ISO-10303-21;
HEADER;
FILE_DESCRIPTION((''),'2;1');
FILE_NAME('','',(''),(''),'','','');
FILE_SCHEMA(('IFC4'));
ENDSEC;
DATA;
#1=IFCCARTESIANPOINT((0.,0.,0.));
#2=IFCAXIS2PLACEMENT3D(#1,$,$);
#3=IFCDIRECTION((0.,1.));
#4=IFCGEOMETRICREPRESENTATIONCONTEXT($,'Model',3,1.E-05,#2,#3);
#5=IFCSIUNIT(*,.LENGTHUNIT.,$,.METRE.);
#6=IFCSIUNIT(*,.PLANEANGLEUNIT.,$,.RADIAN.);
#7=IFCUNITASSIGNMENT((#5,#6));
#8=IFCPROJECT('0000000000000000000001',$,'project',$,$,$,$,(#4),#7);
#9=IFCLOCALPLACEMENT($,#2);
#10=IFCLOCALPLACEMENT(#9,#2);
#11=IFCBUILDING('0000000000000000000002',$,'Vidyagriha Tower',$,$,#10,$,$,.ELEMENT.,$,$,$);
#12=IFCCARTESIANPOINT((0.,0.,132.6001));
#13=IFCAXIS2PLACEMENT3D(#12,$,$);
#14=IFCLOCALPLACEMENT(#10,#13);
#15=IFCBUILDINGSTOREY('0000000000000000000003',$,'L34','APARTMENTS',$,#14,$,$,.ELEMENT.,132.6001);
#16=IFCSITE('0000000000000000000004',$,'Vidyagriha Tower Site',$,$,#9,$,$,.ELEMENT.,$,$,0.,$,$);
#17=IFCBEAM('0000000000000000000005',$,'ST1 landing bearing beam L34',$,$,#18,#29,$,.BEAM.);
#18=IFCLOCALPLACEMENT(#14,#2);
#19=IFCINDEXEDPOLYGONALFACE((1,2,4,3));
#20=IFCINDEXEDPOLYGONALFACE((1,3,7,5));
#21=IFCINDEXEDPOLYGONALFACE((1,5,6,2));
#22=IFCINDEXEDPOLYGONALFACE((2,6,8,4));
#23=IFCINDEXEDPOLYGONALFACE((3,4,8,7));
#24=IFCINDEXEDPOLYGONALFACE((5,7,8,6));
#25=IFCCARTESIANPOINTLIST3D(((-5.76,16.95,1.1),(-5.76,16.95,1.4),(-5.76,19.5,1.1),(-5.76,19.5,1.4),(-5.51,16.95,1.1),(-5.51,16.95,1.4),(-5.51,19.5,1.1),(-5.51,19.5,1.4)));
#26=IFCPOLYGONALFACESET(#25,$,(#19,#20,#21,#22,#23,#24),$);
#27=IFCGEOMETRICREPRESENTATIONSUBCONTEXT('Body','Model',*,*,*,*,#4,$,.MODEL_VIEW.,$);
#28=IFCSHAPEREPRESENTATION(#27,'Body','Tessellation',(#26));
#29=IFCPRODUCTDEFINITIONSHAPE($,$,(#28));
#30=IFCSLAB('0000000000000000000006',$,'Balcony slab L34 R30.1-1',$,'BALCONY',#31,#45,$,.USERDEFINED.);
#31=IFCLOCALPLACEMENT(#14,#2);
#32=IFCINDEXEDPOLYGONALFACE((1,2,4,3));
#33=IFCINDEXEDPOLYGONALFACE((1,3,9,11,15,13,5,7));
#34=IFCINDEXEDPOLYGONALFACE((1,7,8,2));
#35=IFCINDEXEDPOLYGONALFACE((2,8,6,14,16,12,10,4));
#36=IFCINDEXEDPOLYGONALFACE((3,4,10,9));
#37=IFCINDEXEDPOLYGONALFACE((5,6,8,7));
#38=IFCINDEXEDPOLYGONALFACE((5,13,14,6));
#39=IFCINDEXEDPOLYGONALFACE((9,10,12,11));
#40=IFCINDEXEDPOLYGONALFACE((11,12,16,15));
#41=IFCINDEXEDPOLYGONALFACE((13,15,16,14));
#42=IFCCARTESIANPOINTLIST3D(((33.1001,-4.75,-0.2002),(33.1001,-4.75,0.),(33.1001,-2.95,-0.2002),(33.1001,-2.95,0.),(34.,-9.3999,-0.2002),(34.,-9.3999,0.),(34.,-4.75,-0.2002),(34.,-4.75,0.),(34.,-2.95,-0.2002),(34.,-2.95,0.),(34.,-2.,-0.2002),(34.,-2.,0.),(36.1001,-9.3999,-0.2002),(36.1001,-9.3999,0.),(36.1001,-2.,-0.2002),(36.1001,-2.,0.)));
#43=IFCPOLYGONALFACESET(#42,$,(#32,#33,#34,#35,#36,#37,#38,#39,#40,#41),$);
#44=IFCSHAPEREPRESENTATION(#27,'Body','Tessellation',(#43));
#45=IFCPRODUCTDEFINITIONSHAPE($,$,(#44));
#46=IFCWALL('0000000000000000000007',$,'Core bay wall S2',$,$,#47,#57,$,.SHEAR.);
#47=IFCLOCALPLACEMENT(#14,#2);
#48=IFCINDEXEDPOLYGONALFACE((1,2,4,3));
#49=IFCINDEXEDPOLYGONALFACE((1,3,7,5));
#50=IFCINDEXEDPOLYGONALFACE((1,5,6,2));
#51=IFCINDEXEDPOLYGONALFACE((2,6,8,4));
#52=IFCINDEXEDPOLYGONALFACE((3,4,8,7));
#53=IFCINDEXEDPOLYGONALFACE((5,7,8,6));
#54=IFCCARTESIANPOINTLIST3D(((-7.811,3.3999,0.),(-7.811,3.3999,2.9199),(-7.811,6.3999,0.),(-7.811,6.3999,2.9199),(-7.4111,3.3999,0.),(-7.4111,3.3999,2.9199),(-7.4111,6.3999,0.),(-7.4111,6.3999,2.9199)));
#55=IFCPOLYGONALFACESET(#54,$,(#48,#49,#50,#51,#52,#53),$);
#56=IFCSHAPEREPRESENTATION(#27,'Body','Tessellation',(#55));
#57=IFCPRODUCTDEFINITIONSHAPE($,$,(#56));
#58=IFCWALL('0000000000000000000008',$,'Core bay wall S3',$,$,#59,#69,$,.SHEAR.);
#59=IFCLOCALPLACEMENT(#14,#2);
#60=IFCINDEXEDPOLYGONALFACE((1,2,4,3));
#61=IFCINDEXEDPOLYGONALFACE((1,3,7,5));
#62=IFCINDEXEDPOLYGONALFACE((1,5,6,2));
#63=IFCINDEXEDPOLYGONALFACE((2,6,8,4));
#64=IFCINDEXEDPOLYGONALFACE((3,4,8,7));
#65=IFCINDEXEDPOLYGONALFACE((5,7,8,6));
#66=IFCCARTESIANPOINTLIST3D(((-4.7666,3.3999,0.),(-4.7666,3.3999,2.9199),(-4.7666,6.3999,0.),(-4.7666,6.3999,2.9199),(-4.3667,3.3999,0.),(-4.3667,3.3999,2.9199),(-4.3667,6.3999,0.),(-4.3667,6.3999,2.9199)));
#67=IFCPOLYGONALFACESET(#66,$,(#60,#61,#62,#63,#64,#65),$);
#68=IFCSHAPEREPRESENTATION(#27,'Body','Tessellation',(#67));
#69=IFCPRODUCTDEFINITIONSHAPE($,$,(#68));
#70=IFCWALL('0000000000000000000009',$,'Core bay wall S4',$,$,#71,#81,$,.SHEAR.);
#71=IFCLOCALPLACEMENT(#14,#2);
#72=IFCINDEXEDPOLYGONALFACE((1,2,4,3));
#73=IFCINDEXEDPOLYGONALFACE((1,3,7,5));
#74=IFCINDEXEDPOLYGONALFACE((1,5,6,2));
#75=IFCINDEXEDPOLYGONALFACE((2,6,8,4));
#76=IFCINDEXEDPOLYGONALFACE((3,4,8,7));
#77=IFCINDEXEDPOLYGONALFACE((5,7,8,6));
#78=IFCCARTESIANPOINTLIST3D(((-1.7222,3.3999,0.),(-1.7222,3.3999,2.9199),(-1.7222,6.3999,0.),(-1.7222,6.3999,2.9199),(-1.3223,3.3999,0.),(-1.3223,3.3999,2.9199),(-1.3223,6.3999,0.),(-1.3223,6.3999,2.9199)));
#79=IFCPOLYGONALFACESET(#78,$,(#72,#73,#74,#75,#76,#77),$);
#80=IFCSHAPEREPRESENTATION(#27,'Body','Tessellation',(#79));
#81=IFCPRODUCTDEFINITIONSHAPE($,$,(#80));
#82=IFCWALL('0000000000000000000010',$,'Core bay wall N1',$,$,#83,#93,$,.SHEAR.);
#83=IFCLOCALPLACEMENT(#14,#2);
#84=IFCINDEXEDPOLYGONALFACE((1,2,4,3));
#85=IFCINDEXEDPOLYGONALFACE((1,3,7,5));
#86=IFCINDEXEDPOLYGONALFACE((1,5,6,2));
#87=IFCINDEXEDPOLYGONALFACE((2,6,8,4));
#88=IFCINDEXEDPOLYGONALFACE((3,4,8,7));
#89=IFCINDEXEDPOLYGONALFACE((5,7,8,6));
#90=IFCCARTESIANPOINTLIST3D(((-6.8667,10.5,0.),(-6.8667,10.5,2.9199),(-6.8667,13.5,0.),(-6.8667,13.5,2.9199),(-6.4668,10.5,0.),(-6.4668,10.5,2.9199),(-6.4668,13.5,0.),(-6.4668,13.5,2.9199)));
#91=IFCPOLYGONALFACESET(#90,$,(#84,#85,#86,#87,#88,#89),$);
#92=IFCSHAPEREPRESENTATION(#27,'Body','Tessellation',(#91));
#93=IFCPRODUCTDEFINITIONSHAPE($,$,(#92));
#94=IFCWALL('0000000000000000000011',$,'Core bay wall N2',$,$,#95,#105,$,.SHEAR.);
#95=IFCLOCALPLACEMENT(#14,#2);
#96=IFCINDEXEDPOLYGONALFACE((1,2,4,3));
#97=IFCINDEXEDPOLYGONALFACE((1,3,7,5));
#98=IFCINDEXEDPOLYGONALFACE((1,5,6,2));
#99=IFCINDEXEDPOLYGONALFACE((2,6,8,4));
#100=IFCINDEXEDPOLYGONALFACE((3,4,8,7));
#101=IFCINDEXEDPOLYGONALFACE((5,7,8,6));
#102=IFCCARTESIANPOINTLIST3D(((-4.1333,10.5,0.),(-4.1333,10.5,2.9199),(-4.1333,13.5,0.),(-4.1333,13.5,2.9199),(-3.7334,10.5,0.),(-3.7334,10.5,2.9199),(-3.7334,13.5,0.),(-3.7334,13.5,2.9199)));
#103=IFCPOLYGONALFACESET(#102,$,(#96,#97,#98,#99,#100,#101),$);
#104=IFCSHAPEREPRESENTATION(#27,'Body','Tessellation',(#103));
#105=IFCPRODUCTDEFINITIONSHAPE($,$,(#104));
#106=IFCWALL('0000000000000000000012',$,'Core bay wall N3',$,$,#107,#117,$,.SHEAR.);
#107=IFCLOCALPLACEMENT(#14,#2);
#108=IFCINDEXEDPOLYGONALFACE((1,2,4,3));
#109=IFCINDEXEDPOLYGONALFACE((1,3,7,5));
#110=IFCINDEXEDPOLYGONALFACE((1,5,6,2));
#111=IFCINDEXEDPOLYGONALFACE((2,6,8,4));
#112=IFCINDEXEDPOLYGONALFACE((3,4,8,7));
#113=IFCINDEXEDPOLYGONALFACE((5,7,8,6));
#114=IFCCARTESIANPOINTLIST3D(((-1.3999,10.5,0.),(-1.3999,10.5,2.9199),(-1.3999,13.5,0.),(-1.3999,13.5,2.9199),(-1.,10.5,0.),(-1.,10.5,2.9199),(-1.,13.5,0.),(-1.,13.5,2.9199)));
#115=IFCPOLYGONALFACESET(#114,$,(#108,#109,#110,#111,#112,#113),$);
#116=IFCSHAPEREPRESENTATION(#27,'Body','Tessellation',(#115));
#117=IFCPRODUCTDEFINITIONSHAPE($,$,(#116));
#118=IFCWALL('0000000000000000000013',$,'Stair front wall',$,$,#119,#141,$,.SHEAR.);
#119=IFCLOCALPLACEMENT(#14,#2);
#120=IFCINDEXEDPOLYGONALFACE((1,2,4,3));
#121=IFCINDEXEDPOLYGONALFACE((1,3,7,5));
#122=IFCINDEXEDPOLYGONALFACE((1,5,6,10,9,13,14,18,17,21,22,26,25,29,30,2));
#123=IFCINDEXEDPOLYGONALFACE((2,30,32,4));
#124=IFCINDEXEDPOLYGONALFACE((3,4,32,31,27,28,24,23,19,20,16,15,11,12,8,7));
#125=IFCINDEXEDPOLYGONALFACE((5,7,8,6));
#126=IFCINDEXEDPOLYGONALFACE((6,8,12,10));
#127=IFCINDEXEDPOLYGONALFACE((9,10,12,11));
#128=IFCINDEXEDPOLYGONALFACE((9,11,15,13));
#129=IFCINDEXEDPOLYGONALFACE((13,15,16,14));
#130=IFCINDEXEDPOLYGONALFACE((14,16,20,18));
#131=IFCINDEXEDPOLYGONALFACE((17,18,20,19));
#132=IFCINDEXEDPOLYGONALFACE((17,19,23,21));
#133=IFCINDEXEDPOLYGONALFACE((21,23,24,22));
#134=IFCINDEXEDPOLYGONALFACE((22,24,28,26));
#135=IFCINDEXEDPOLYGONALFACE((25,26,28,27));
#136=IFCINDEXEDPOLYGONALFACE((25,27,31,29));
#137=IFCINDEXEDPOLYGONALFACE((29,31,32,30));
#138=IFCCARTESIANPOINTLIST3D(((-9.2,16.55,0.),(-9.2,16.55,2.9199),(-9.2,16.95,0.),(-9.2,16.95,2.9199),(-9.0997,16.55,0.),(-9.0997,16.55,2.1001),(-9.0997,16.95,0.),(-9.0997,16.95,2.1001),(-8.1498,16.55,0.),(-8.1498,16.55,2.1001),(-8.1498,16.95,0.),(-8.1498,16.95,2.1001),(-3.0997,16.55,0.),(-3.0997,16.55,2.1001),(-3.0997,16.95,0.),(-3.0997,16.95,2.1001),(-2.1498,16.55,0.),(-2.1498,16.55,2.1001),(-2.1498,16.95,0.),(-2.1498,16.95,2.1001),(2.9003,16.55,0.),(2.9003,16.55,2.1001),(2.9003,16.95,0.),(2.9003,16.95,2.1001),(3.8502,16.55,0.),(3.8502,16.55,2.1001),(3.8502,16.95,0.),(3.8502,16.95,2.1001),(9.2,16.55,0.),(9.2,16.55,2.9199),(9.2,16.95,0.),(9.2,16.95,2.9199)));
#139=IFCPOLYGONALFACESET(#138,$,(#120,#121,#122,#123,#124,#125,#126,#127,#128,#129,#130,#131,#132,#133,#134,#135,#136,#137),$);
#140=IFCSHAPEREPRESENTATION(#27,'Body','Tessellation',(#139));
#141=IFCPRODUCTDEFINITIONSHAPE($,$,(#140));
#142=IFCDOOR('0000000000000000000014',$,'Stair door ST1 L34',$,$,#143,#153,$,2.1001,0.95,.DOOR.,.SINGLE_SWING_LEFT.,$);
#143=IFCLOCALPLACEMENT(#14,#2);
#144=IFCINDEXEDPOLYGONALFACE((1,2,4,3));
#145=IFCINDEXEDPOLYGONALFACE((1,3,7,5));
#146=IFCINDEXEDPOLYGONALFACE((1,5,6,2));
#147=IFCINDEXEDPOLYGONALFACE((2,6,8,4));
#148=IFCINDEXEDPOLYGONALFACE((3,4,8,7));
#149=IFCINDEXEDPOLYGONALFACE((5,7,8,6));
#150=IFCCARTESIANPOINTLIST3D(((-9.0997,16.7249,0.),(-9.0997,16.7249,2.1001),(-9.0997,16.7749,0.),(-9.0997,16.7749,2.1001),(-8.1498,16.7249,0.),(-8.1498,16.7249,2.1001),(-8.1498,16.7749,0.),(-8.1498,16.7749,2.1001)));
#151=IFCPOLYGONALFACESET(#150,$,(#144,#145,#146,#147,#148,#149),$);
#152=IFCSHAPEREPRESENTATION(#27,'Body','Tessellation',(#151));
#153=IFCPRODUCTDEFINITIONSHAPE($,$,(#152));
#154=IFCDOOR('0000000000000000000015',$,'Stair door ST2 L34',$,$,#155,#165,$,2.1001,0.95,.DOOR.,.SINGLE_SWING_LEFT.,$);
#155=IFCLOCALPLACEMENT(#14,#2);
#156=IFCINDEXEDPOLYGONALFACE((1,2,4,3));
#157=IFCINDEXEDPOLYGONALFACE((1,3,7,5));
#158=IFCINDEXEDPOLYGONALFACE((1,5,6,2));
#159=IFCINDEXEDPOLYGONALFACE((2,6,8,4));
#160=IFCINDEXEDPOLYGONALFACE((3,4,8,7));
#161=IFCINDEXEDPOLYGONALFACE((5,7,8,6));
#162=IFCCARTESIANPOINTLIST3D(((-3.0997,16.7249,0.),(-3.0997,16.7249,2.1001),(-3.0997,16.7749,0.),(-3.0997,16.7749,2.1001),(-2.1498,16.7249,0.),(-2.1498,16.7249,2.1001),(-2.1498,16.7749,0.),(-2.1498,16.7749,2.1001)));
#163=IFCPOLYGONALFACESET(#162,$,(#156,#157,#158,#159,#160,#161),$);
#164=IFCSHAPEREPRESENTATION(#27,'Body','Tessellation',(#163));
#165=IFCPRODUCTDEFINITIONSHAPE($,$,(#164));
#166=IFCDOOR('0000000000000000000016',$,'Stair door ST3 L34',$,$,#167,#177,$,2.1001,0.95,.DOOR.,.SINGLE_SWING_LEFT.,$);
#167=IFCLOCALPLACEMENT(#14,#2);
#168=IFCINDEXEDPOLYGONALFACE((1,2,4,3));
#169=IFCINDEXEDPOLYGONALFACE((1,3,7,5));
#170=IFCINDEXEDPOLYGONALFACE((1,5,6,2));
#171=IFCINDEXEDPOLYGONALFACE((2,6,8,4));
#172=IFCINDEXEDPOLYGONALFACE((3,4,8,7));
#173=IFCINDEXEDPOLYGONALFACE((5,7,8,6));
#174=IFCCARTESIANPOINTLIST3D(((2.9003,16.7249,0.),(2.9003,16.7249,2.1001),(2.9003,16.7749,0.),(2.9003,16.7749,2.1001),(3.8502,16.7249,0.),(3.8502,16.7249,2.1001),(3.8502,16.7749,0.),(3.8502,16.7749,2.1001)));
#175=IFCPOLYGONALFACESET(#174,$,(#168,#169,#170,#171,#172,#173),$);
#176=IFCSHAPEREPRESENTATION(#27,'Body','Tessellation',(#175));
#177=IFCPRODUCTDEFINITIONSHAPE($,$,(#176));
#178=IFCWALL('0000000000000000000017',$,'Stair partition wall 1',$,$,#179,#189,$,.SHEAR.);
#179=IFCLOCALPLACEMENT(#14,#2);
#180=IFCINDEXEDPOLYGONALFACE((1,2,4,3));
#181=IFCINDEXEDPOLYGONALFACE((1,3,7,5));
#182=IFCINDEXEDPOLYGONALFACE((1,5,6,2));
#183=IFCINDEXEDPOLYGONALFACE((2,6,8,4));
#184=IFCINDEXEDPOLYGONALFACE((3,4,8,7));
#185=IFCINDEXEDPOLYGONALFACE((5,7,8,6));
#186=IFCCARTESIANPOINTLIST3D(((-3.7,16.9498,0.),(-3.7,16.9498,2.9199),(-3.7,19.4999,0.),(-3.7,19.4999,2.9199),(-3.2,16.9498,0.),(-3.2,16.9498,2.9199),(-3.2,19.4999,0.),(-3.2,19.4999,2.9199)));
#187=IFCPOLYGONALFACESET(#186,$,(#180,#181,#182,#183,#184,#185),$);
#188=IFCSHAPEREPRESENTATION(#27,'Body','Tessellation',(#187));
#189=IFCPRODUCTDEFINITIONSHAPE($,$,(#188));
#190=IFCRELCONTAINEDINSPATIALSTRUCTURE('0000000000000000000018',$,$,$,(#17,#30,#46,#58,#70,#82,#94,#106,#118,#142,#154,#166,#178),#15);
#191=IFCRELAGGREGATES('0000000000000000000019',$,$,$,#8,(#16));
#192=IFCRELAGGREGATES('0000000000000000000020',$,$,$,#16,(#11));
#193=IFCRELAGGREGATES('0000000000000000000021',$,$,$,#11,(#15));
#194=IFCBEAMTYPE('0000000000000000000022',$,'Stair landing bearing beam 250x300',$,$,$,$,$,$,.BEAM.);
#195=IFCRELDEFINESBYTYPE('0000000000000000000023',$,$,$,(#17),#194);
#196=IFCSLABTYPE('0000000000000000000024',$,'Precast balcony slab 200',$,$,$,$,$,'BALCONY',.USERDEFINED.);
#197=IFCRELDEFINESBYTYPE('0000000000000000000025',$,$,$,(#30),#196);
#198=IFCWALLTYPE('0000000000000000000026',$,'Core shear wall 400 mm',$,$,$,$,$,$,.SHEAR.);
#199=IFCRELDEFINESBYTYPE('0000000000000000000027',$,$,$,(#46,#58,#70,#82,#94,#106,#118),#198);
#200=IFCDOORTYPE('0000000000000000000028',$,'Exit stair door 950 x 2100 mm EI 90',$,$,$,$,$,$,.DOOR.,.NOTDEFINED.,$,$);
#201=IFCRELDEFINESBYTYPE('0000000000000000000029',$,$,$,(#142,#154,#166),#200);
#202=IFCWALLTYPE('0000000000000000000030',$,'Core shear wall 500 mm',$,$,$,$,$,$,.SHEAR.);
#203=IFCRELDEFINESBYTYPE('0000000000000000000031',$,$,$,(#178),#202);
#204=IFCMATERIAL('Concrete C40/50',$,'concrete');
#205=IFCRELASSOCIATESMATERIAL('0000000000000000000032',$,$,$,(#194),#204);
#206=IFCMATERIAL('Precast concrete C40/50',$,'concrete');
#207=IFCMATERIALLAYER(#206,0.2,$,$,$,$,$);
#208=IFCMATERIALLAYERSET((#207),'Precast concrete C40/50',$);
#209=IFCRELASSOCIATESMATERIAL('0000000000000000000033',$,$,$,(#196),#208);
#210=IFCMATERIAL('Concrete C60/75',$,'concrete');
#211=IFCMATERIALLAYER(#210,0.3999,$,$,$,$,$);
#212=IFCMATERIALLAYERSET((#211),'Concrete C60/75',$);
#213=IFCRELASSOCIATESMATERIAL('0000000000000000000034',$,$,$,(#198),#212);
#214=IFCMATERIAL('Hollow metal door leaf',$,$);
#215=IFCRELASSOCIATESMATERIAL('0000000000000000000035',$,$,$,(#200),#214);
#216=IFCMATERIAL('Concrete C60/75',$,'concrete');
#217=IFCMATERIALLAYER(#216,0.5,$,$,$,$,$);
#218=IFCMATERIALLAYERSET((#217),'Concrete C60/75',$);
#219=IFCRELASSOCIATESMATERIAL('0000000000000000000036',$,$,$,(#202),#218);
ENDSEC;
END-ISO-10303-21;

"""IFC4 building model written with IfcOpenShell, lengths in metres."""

from ifc_helpers import new_model, si_unit, direction, frame, frame_2d, origin, origin_2d, place, context, subcontext, project, spatial, polyline, rectangle, outline, extrude, material, layer, layer_set, material_profile, profile_set, type_object, element, fill, save


model = new_model("IFC4")

# Units and contexts
model_context = context("Model", 3, precision=1e-05, world=origin(), true_north=direction((0.0, 1.0)))
body_context = subcontext(model_context, "Body", "Model", "MODEL_VIEW")
ifc_project = project(units=[si_unit("LENGTHUNIT", "METRE"), si_unit("PLANEANGLEUNIT", "RADIAN")], contexts=[model_context])

# Site, building, storey
site_placement = place(None, origin())
site = spatial("IfcSite", under=ifc_project, at=site_placement, Name="Vidyagriha Tower Site", CompositionType="ELEMENT", RefElevation=0.0)
building_placement = place(site_placement, origin())
building = spatial("IfcBuilding", under=site, at=building_placement, Name="Vidyagriha Tower", CompositionType="ELEMENT")
storey_placement = place(building_placement, frame((0.0, 0.0, 132.6001)))
storey = spatial("IfcBuildingStorey", under=building, at=storey_placement, Name="L34", Description="APARTMENTS", CompositionType="ELEMENT", Elevation=132.6001)

# Beam
ifc_material_1 = material(Name="Concrete C40/50", Category="concrete")
ifc_material_profile = material_profile(ifc_material_1, rectangle(XDim=0.25, YDim=0.3, at=origin_2d()), Name="Stair landing bearing beam 250x300")
ifc_profile_set = profile_set([ifc_material_profile], Name="Concrete C40/50")
beam_type = type_object("IfcBeamType", Name="Stair landing bearing beam 250x300", PredefinedType="BEAM", material=ifc_profile_set)
beam_placement = place(storey_placement, frame((-5.635, 16.95, 1.25), z_axis=(0.0, 1.0, 0.0), x_axis=(-1.0, 0.0, 0.0)))
element("IfcBeam", 1, at=beam_placement, inside=storey, type_object=beam_type, Name="ST1 landing bearing beam L34", PredefinedType="BEAM", context=body_context, shape_type="SweptSolid", body=[
    extrude(rectangle(XDim=0.25, YDim=0.3, at=origin_2d()), origin(), (0.0, 0.0, 1.0), 2.55),
])

# Slab
ifc_material_2 = material(Name="Precast concrete C40/50", Category="concrete")
ifc_layer_1 = layer(ifc_material_2, 0.2)
ifc_layer_set_1 = layer_set([ifc_layer_1], Name="Precast concrete C40/50")
slab_type = type_object("IfcSlabType", Name="Precast balcony slab 200", ElementType="BALCONY", PredefinedType="USERDEFINED", material=ifc_layer_set_1)
slab_placement = place(storey_placement, frame((0.0, 0.0, -0.2002)))
element("IfcSlab", 2, at=slab_placement, inside=storey, type_object=slab_type, Name="Balcony slab L34 R30.1-1", ObjectType="BALCONY", PredefinedType="USERDEFINED", context=body_context, shape_type="SweptSolid", body=[
    extrude(outline(polyline([(34.0, -4.75), (34.0, -9.3999), (36.1001, -9.3999), (36.1001, -2.0), (34.0, -2.0), (34.0, -2.95), (33.1001, -2.95), (33.1001, -4.75), (34.0, -4.75)])), origin(), (0.0, 0.0, 1.0), 0.2002),
])

# Walls
ifc_material_3 = material(Name="Concrete C60/75", Category="concrete")
ifc_layer_2 = layer(ifc_material_3, 0.3999)
ifc_layer_set_2 = layer_set([ifc_layer_2], Name="Concrete C60/75")
wall_type_1 = type_object("IfcWallType", Name="Core shear wall 400 mm", PredefinedType="SHEAR", material=ifc_layer_set_2)
for number, where, z_axis, x_axis, name in (
    (3, (-7.6111, 3.3999, 0.0), (0.0, 0.0, 1.0), (0.0, 1.0, 0.0), "Core bay wall S2"),
    (4, (-4.5667, 3.3999, 0.0), (0.0, 0.0, 1.0), (0.0, 1.0, 0.0), "Core bay wall S3"),
    (5, (-1.5222, 3.3999, 0.0), (0.0, 0.0, 1.0), (0.0, 1.0, 0.0), "Core bay wall S4"),
    (6, (-6.6667, 10.5, 0.0), (0.0, 0.0, 1.0), (0.0, 1.0, 0.0), "Core bay wall N1"),
    (7, (-3.9333, 10.5, 0.0), (0.0, 0.0, 1.0), (0.0, 1.0, 0.0), "Core bay wall N2"),
    (8, (-1.2, 10.5, 0.0), (0.0, 0.0, 1.0), (0.0, 1.0, 0.0), "Core bay wall N3"),
):
    element("IfcWall", number, at=place(storey_placement, frame(where, z_axis=z_axis, x_axis=x_axis)), inside=storey, type_object=wall_type_1, Name=name, PredefinedType="SHEAR", context=body_context, shape_type="SweptSolid", body=[
        extrude(rectangle(XDim=3.0, YDim=0.3999, at=frame_2d((1.5, 0.0))), origin(), (0.0, 0.0, 1.0), 2.9199),
    ])

# Wall, openings, doors
wall_1_placement = place(storey_placement, frame((-9.2, 16.75, 0.0)))
wall_1 = element("IfcWall", 9, at=wall_1_placement, inside=storey, type_object=wall_type_1, Name="Stair front wall", PredefinedType="SHEAR", context=body_context, shape_type="SweptSolid", body=[
    extrude(rectangle(XDim=18.3999, YDim=0.3999, at=frame_2d((9.2, 0.0))), origin(), (0.0, 0.0, 1.0), 2.9199),
])
opening_1_placement = place(wall_1_placement, frame((0.1001, 0.0, 0.0)))
opening_1 = element("IfcOpeningElement", 10, at=opening_1_placement, cuts=wall_1, PredefinedType="OPENING", context=body_context, shape_type="SweptSolid", body=[
    extrude(rectangle(XDim=0.95, YDim=2.1001, at=frame_2d((0.4751, 1.05))), frame((0.0, 0.21, 0.0), z_axis=(0.0, -1.0, 0.0), x_axis=(1.0, 0.0, 0.0)), (0.0, 0.0, 1.0), 0.4199),
])
opening_2_placement = place(wall_1_placement, frame((6.1001, 0.0, 0.0)))
opening_2 = element("IfcOpeningElement", 11, at=opening_2_placement, cuts=wall_1, PredefinedType="OPENING", context=body_context, shape_type="SweptSolid", body=[
    extrude(rectangle(XDim=0.95, YDim=2.1001, at=frame_2d((0.4751, 1.05))), frame((0.0, 0.21, 0.0), z_axis=(0.0, -1.0, 0.0), x_axis=(1.0, 0.0, 0.0)), (0.0, 0.0, 1.0), 0.4199),
])
opening_3_placement = place(wall_1_placement, frame((12.1001, 0.0, 0.0)))
opening_3 = element("IfcOpeningElement", 12, at=opening_3_placement, cuts=wall_1, PredefinedType="OPENING", context=body_context, shape_type="SweptSolid", body=[
    extrude(rectangle(XDim=0.95, YDim=2.1001, at=frame_2d((0.4751, 1.05))), frame((0.0, 0.21, 0.0), z_axis=(0.0, -1.0, 0.0), x_axis=(1.0, 0.0, 0.0)), (0.0, 0.0, 1.0), 0.4199),
])
ifc_material_4 = material(Name="Hollow metal door leaf")
door_type = type_object("IfcDoorType", Name="Exit stair door 950 x 2100 mm EI 90", OperationType="NOTDEFINED", PredefinedType="DOOR", material=ifc_material_4)
door_1_placement = place(opening_1_placement, origin())
door_1 = element("IfcDoor", 13, at=door_1_placement, inside=storey, type_object=door_type, Name="Stair door ST1 L34", OperationType="SINGLE_SWING_LEFT", OverallHeight=2.1001, OverallWidth=0.95, PredefinedType="DOOR", context=body_context, shape_type="SweptSolid", body=[
    extrude(rectangle(XDim=0.95, YDim=2.1001, at=frame_2d((0.4751, 1.05))), frame((0.0, 0.0249, 0.0), z_axis=(0.0, -1.0, 0.0), x_axis=(1.0, 0.0, 0.0)), (0.0, 0.0, 1.0), 0.05),
])
fill(opening_1, door_1)
door_2_placement = place(opening_2_placement, origin())
door_2 = element("IfcDoor", 14, at=door_2_placement, inside=storey, type_object=door_type, Name="Stair door ST2 L34", OperationType="SINGLE_SWING_LEFT", OverallHeight=2.1001, OverallWidth=0.95, PredefinedType="DOOR", context=body_context, shape_type="SweptSolid", body=[
    extrude(rectangle(XDim=0.95, YDim=2.1001, at=frame_2d((0.4751, 1.05))), frame((0.0, 0.0249, 0.0), z_axis=(0.0, -1.0, 0.0), x_axis=(1.0, 0.0, 0.0)), (0.0, 0.0, 1.0), 0.05),
])
fill(opening_2, door_2)
door_3_placement = place(opening_3_placement, origin())
door_3 = element("IfcDoor", 15, at=door_3_placement, inside=storey, type_object=door_type, Name="Stair door ST3 L34", OperationType="SINGLE_SWING_LEFT", OverallHeight=2.1001, OverallWidth=0.95, PredefinedType="DOOR", context=body_context, shape_type="SweptSolid", body=[
    extrude(rectangle(XDim=0.95, YDim=2.1001, at=frame_2d((0.4751, 1.05))), frame((0.0, 0.0249, 0.0), z_axis=(0.0, -1.0, 0.0), x_axis=(1.0, 0.0, 0.0)), (0.0, 0.0, 1.0), 0.05),
])
fill(opening_3, door_3)

# Wall
ifc_material_5 = material(Name="Concrete C60/75", Category="concrete")
ifc_layer_3 = layer(ifc_material_5, 0.5)
ifc_layer_set_3 = layer_set([ifc_layer_3], Name="Concrete C60/75")
wall_type_2 = type_object("IfcWallType", Name="Core shear wall 500 mm", PredefinedType="SHEAR", material=ifc_layer_set_3)
wall_2_placement = place(storey_placement, frame((-3.45, 16.95, 0.0), z_axis=(0.0, 0.0, 1.0), x_axis=(0.0, 1.0, 0.0)))
element("IfcWall", 16, at=wall_2_placement, inside=storey, type_object=wall_type_2, Name="Stair partition wall 1", PredefinedType="SHEAR", context=body_context, shape_type="SweptSolid", body=[
    extrude(rectangle(XDim=2.55, YDim=0.5, at=frame_2d((1.2749, 0.0))), origin(), (0.0, 0.0, 1.0), 2.9199),
])

save(model, "model.ifc")
